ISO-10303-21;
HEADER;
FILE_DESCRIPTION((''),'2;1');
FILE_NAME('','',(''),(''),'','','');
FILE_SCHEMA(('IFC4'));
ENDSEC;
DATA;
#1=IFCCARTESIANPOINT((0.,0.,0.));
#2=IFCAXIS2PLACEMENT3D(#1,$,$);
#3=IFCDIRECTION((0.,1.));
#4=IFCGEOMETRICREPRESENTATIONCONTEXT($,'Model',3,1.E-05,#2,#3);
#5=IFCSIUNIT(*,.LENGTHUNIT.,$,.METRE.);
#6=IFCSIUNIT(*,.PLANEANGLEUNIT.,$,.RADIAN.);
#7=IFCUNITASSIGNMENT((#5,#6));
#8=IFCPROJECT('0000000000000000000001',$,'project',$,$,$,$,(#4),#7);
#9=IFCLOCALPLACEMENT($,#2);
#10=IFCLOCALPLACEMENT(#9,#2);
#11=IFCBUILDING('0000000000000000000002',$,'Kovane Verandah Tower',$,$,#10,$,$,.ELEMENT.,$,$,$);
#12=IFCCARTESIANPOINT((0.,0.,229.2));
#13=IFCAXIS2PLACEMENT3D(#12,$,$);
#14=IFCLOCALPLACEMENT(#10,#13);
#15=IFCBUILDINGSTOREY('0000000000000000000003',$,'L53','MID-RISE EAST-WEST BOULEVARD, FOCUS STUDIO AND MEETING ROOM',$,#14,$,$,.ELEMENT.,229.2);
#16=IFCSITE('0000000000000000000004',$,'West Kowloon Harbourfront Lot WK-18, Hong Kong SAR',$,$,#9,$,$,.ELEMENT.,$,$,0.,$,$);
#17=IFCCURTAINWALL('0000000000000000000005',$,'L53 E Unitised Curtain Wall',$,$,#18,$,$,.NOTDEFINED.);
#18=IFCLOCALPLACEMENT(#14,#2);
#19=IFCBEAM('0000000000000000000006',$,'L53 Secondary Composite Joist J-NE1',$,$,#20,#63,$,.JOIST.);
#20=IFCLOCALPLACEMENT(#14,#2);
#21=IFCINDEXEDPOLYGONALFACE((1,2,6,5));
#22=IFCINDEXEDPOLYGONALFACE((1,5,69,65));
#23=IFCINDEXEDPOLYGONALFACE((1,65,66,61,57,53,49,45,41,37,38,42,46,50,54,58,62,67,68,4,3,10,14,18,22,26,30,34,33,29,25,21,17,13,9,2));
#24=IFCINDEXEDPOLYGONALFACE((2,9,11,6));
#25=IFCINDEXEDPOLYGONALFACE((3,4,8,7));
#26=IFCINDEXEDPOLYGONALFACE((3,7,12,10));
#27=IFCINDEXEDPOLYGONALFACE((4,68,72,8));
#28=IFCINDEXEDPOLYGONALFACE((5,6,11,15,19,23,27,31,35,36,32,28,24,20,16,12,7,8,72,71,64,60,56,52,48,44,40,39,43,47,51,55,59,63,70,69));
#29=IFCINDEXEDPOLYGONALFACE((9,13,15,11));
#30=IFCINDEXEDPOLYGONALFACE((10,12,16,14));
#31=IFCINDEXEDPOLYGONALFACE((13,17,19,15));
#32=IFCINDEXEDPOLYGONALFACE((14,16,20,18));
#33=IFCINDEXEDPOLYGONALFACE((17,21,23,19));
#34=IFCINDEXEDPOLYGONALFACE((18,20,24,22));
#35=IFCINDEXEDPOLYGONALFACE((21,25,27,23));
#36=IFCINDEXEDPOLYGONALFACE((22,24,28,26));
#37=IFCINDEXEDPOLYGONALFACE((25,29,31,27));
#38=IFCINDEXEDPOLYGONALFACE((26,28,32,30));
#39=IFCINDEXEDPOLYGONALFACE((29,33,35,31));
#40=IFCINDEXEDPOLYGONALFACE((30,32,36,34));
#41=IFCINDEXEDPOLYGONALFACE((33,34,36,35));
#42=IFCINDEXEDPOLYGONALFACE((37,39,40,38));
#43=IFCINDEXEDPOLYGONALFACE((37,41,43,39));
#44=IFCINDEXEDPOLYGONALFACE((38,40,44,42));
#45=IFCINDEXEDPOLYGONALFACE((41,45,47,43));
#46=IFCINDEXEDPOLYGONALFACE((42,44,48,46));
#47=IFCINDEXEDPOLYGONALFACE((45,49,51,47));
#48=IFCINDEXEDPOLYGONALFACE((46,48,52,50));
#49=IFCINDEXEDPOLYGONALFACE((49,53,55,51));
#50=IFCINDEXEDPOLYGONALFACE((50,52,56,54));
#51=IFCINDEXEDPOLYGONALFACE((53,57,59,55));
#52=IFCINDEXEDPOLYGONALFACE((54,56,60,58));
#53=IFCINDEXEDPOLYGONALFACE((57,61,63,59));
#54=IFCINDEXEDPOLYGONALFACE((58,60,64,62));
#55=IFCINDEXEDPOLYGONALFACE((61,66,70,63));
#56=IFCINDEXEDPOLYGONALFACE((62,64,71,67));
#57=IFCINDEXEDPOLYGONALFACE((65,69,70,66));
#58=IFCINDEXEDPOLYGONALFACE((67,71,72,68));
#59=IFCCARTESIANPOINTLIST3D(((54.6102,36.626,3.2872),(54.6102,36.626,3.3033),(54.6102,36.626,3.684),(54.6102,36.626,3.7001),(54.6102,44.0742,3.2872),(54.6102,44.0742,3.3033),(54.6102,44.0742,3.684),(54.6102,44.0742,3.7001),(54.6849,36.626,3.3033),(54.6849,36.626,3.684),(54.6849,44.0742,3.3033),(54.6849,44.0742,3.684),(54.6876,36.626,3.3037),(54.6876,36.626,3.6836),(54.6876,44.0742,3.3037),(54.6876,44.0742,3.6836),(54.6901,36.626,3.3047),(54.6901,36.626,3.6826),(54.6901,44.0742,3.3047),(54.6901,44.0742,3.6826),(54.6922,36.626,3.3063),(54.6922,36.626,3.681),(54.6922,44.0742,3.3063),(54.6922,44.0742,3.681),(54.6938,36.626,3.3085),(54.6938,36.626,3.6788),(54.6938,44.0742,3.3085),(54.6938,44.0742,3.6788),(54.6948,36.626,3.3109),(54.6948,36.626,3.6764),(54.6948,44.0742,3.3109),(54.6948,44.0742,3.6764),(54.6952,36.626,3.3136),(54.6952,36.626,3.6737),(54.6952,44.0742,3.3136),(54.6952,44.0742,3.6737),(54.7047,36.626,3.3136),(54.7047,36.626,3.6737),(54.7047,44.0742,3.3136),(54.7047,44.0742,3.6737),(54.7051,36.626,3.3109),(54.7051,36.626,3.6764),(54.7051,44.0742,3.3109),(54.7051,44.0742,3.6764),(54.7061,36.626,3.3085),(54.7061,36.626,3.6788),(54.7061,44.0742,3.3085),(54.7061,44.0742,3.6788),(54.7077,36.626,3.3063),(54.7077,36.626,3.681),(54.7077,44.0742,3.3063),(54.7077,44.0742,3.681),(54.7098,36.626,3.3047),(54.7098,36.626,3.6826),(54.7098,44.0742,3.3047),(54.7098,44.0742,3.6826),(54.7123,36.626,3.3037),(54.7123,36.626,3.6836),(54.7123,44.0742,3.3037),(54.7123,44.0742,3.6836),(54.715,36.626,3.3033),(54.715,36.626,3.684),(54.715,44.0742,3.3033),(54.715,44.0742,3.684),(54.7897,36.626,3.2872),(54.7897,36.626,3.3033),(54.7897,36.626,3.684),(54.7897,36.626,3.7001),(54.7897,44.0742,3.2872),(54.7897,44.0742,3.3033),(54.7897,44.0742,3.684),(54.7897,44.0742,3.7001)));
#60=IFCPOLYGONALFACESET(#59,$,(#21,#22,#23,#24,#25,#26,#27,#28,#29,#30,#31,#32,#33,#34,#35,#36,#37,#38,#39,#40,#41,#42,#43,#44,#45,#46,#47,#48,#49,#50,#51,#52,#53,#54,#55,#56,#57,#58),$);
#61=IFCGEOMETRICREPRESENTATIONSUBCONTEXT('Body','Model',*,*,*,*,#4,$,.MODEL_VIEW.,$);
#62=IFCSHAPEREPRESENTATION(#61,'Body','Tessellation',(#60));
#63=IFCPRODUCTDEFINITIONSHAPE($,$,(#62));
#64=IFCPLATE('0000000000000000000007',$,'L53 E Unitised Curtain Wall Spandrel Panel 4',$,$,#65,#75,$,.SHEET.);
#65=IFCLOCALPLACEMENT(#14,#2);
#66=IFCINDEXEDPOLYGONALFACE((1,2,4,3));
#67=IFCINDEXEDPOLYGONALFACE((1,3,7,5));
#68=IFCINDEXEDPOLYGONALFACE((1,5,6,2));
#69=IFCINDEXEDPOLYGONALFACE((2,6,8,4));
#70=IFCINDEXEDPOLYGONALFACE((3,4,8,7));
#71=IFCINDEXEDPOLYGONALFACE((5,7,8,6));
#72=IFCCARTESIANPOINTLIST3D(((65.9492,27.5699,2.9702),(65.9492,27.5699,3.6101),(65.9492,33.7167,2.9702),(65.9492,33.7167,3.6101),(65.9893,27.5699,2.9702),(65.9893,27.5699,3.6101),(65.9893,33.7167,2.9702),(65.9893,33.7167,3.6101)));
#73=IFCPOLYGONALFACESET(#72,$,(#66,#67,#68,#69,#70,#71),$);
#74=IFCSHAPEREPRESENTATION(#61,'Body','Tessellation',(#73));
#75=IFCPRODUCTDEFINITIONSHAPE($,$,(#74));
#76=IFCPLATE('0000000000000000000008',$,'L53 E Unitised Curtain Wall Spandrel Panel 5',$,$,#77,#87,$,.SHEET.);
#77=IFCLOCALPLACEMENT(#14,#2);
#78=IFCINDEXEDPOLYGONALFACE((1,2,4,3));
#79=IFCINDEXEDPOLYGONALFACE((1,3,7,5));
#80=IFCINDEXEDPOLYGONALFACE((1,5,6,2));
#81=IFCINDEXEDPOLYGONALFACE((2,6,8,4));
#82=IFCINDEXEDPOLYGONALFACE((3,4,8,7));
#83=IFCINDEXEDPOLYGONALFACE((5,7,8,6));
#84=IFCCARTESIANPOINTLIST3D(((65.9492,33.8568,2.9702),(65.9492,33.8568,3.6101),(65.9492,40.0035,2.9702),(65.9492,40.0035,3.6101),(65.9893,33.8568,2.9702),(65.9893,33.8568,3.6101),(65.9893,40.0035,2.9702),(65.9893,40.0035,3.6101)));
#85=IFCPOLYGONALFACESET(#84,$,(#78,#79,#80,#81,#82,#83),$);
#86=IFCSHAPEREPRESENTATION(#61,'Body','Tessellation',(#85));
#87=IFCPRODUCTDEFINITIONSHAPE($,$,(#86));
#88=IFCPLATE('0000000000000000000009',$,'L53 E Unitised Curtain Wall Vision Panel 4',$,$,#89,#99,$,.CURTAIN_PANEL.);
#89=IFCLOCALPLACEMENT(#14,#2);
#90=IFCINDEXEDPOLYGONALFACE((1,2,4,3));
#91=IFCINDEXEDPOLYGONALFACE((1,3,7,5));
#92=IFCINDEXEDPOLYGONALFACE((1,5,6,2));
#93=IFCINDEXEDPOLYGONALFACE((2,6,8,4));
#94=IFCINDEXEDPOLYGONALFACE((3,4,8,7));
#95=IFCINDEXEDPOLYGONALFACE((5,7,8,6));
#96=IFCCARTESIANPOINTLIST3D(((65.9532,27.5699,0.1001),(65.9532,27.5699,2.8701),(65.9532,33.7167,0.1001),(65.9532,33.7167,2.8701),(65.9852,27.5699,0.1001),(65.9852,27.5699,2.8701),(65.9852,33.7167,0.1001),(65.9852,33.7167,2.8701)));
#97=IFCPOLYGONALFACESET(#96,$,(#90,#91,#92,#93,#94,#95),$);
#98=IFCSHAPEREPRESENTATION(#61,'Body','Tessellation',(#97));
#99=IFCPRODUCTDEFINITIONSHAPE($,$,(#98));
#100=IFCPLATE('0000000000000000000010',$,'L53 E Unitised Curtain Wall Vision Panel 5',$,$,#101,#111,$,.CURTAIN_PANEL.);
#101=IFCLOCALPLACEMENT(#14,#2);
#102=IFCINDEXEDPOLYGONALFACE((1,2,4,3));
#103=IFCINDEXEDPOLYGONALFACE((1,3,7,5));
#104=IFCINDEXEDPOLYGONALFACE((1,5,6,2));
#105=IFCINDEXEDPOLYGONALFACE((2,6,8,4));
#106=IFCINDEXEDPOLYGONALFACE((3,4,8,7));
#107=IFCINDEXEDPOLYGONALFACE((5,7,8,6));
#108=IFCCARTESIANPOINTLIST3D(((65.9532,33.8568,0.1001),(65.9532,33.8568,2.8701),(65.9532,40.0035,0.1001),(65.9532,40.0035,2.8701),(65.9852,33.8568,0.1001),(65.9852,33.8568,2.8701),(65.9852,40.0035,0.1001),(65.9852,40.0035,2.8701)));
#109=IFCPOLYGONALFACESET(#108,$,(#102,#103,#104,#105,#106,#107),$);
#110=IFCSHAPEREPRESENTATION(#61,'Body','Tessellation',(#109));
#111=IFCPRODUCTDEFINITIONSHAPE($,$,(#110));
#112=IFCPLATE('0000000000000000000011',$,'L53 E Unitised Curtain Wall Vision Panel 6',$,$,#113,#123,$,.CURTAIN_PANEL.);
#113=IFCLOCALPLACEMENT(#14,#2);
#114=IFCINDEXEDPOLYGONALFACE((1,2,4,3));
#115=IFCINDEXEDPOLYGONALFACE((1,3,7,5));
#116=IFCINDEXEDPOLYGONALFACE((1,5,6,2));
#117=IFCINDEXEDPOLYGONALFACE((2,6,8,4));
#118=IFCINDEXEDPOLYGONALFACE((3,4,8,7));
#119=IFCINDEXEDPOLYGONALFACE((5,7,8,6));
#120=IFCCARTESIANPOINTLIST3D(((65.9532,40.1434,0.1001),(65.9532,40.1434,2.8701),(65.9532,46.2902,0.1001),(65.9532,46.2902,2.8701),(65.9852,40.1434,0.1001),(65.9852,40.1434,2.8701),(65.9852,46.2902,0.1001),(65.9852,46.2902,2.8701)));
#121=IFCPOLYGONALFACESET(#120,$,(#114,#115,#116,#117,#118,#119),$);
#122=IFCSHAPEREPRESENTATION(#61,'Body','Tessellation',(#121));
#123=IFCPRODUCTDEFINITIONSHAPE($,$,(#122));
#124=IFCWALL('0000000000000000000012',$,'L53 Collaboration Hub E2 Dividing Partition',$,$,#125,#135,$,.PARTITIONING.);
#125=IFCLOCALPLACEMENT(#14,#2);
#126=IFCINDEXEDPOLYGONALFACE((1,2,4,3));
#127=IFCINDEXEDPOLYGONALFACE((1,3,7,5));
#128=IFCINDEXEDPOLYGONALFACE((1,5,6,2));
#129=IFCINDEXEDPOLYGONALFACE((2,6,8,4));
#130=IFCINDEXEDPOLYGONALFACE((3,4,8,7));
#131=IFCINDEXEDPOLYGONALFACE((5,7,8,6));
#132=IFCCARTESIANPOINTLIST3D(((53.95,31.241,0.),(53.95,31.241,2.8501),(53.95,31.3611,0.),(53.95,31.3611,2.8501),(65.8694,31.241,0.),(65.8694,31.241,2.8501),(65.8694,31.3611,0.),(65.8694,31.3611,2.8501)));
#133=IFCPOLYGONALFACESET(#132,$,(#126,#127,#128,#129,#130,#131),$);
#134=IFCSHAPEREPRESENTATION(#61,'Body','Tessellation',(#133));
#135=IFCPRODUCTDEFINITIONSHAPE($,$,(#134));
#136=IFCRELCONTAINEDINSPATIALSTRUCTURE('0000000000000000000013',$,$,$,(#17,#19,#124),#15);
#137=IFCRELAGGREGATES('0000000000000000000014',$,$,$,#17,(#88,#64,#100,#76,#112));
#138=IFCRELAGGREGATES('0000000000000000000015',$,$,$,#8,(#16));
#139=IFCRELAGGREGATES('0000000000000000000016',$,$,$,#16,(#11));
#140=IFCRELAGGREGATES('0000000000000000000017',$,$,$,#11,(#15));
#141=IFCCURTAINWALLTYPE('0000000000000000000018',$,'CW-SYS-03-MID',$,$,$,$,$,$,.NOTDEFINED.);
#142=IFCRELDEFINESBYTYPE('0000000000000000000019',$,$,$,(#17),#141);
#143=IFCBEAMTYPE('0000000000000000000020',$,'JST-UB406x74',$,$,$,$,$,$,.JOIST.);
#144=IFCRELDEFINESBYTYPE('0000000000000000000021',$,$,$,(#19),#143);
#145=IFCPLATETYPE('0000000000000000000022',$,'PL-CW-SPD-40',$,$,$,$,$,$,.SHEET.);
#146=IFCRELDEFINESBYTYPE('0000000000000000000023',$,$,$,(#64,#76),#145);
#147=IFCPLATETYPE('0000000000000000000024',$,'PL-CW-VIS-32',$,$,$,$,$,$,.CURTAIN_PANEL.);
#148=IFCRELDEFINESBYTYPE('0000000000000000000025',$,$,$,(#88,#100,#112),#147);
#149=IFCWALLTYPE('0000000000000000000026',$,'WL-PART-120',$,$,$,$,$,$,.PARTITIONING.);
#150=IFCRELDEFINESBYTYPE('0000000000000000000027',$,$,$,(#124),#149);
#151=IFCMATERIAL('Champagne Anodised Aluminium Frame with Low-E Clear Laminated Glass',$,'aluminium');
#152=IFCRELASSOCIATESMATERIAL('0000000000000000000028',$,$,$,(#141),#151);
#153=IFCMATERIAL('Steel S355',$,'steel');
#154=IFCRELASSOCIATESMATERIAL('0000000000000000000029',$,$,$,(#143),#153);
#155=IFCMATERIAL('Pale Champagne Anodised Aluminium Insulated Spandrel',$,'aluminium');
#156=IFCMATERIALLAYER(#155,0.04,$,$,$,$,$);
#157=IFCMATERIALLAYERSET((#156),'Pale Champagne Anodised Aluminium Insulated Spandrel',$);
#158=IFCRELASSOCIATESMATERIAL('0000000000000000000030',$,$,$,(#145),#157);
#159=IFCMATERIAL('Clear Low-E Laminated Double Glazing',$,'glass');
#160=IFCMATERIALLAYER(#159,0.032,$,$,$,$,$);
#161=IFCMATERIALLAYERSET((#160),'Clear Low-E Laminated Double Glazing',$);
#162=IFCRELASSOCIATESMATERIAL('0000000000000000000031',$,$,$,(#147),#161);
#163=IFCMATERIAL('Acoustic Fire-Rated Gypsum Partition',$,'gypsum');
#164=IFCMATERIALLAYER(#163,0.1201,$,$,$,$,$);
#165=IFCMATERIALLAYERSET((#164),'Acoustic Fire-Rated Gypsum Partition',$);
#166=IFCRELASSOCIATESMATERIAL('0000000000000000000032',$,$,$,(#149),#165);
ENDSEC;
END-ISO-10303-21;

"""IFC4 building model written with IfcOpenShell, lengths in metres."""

from ifc_helpers import new_model, si_unit, direction, frame, frame_2d, origin, origin_2d, place, context, subcontext, project, spatial, rectangle, i_section, extrude, material, layer, layer_set, material_profile, profile_set, type_object, element, aggregate, save


model = new_model("IFC4")

# Units and contexts
model_context = context("Model", 3, precision=1e-05, world=origin(), true_north=direction((0.0, 1.0)))
body_context = subcontext(model_context, "Body", "Model", "MODEL_VIEW")
ifc_project = project(units=[si_unit("LENGTHUNIT", "METRE"), si_unit("PLANEANGLEUNIT", "RADIAN")], contexts=[model_context])

# Site, building, storey
site_placement = place(None, origin())
site = spatial("IfcSite", under=ifc_project, at=site_placement, Name="West Kowloon Harbourfront Lot WK-18, Hong Kong SAR", CompositionType="ELEMENT", RefElevation=0.0)
building_placement = place(site_placement, origin())
building = spatial("IfcBuilding", under=site, at=building_placement, Name="Kovane Verandah Tower", CompositionType="ELEMENT")
storey_placement = place(building_placement, frame((0.0, 0.0, 229.2)))
storey = spatial("IfcBuildingStorey", under=building, at=storey_placement, Name="L53", Description="MID-RISE EAST-WEST BOULEVARD, FOCUS STUDIO AND MEETING ROOM", CompositionType="ELEMENT", Elevation=229.2)

# Shared definitions
ifc_material_1 = material(Name="Steel S355", Category="steel")

# Curtain wall
ifc_material_2 = material(Name="Champagne Anodised Aluminium Frame with Low-E Clear Laminated Glass", Category="aluminium")
curtain_wall_type = type_object("IfcCurtainWallType", Name="CW-SYS-03-MID", PredefinedType="NOTDEFINED", material=ifc_material_2)
curtain_wall_placement = place(storey_placement, origin())
curtain_wall = element("IfcCurtainWall", 1, at=curtain_wall_placement, inside=storey, type_object=curtain_wall_type, Name="L53 E Unitised Curtain Wall", PredefinedType="NOTDEFINED")

# Beam
ifc_material_profile_1 = material_profile(ifc_material_1, i_section(OverallWidth=0.1794, OverallDepth=0.4128, WebThickness=0.0095, FlangeThickness=0.0161, FilletRadius=0.0103, at=origin_2d()), Name="UB406x178x74")
ifc_profile_set_1 = profile_set([ifc_material_profile_1], Name="Steel S355")
beam_type_1 = type_object("IfcBeamType", Name="JST-UB406x74", PredefinedType="JOIST", material=ifc_profile_set_1)
beam_1_placement = place(storey_placement, frame((54.7, 36.626, 3.4937), z_axis=(0.0, 1.0, 0.0), x_axis=(-1.0, 0.0, 0.0)))
element("IfcBeam", 2, at=beam_1_placement, inside=storey, type_object=beam_type_1, Name="L53 Secondary Composite Joist J-NE1", PredefinedType="JOIST", context=body_context, shape_type="SweptSolid", body=[
    extrude(i_section(OverallWidth=0.1794, OverallDepth=0.4128, WebThickness=0.0095, FlangeThickness=0.0161, FilletRadius=0.0103, at=origin_2d()), origin(), (0.0, 0.0, 1.0), 7.4482),
])

# Plates
ifc_material_3 = material(Name="Pale Champagne Anodised Aluminium Insulated Spandrel", Category="aluminium")
ifc_layer_1 = layer(ifc_material_3, 0.04)
ifc_layer_set_1 = layer_set([ifc_layer_1], Name="Pale Champagne Anodised Aluminium Insulated Spandrel")
plate_type_1 = type_object("IfcPlateType", Name="PL-CW-SPD-40", PredefinedType="SHEET", material=ifc_layer_set_1)
plate_1_placement = place(storey_placement, frame((65.9692, 30.6433, 2.9702), z_axis=(0.0, 0.0, 1.0), x_axis=(0.0, 1.0, 0.0)))
plate_1 = element("IfcPlate", 3, at=plate_1_placement, type_object=plate_type_1, Name="L53 E Unitised Curtain Wall Spandrel Panel 4", PredefinedType="SHEET", context=body_context, shape_type="SweptSolid", body=[
    extrude(rectangle(XDim=6.1467, YDim=0.04, at=origin_2d()), origin(), (0.0, 0.0, 1.0), 0.6399),
])
plate_2_placement = place(storey_placement, frame((65.9692, 36.9302, 2.9702), z_axis=(0.0, 0.0, 1.0), x_axis=(0.0, 1.0, 0.0)))
plate_2 = element("IfcPlate", 4, at=plate_2_placement, type_object=plate_type_1, Name="L53 E Unitised Curtain Wall Spandrel Panel 5", PredefinedType="SHEET", context=body_context, shape_type="SweptSolid", body=[
    extrude(rectangle(XDim=6.1467, YDim=0.04, at=origin_2d()), origin(), (0.0, 0.0, 1.0), 0.6399),
])
ifc_material_4 = material(Name="Clear Low-E Laminated Double Glazing", Category="glass")
ifc_layer_2 = layer(ifc_material_4, 0.032)
ifc_layer_set_2 = layer_set([ifc_layer_2], Name="Clear Low-E Laminated Double Glazing")
plate_type_2 = type_object("IfcPlateType", Name="PL-CW-VIS-32", PredefinedType="CURTAIN_PANEL", material=ifc_layer_set_2)
plate_3_placement = place(storey_placement, frame((65.9692, 30.6433, 0.1001), z_axis=(0.0, 0.0, 1.0), x_axis=(0.0, 1.0, 0.0)))
plate_3 = element("IfcPlate", 5, at=plate_3_placement, type_object=plate_type_2, Name="L53 E Unitised Curtain Wall Vision Panel 4", PredefinedType="CURTAIN_PANEL", context=body_context, shape_type="SweptSolid", body=[
    extrude(rectangle(XDim=6.1467, YDim=0.032, at=origin_2d()), origin(), (0.0, 0.0, 1.0), 2.77),
])
plate_4_placement = place(storey_placement, frame((65.9692, 36.9302, 0.1001), z_axis=(0.0, 0.0, 1.0), x_axis=(0.0, 1.0, 0.0)))
plate_4 = element("IfcPlate", 6, at=plate_4_placement, type_object=plate_type_2, Name="L53 E Unitised Curtain Wall Vision Panel 5", PredefinedType="CURTAIN_PANEL", context=body_context, shape_type="SweptSolid", body=[
    extrude(rectangle(XDim=6.1467, YDim=0.032, at=origin_2d()), origin(), (0.0, 0.0, 1.0), 2.77),
])
plate_5_placement = place(storey_placement, frame((65.9692, 43.2168, 0.1001), z_axis=(0.0, 0.0, 1.0), x_axis=(0.0, 1.0, 0.0)))
plate_5 = element("IfcPlate", 7, at=plate_5_placement, type_object=plate_type_2, Name="L53 E Unitised Curtain Wall Vision Panel 6", PredefinedType="CURTAIN_PANEL", context=body_context, shape_type="SweptSolid", body=[
    extrude(rectangle(XDim=6.1467, YDim=0.032, at=origin_2d()), origin(), (0.0, 0.0, 1.0), 2.77),
])
aggregate(curtain_wall, [plate_3, plate_1, plate_4, plate_2, plate_5])

# Wall
ifc_material_5 = material(Name="Acoustic Fire-Rated Gypsum Partition", Category="gypsum")
ifc_layer_3 = layer(ifc_material_5, 0.1201)
ifc_layer_set_3 = layer_set([ifc_layer_3], Name="Acoustic Fire-Rated Gypsum Partition")
wall_type_1 = type_object("IfcWallType", Name="WL-PART-120", PredefinedType="PARTITIONING", material=ifc_layer_set_3)
wall_1_placement = place(storey_placement, frame((53.95, 31.301, 0.0), z_axis=(0.0, 0.0, 1.0), x_axis=(1.0, 0.0, 0.0)))
element("IfcWall", 8, at=wall_1_placement, inside=storey, type_object=wall_type_1, Name="L53 Collaboration Hub E2 Dividing Partition", PredefinedType="PARTITIONING", context=body_context, shape_type="SweptSolid", body=[
    extrude(rectangle(XDim=11.9194, YDim=0.1201, at=frame_2d((5.9597, 0.0))), origin(), (0.0, 0.0, 1.0), 2.8501),
])

save(model, "model.ifc")
